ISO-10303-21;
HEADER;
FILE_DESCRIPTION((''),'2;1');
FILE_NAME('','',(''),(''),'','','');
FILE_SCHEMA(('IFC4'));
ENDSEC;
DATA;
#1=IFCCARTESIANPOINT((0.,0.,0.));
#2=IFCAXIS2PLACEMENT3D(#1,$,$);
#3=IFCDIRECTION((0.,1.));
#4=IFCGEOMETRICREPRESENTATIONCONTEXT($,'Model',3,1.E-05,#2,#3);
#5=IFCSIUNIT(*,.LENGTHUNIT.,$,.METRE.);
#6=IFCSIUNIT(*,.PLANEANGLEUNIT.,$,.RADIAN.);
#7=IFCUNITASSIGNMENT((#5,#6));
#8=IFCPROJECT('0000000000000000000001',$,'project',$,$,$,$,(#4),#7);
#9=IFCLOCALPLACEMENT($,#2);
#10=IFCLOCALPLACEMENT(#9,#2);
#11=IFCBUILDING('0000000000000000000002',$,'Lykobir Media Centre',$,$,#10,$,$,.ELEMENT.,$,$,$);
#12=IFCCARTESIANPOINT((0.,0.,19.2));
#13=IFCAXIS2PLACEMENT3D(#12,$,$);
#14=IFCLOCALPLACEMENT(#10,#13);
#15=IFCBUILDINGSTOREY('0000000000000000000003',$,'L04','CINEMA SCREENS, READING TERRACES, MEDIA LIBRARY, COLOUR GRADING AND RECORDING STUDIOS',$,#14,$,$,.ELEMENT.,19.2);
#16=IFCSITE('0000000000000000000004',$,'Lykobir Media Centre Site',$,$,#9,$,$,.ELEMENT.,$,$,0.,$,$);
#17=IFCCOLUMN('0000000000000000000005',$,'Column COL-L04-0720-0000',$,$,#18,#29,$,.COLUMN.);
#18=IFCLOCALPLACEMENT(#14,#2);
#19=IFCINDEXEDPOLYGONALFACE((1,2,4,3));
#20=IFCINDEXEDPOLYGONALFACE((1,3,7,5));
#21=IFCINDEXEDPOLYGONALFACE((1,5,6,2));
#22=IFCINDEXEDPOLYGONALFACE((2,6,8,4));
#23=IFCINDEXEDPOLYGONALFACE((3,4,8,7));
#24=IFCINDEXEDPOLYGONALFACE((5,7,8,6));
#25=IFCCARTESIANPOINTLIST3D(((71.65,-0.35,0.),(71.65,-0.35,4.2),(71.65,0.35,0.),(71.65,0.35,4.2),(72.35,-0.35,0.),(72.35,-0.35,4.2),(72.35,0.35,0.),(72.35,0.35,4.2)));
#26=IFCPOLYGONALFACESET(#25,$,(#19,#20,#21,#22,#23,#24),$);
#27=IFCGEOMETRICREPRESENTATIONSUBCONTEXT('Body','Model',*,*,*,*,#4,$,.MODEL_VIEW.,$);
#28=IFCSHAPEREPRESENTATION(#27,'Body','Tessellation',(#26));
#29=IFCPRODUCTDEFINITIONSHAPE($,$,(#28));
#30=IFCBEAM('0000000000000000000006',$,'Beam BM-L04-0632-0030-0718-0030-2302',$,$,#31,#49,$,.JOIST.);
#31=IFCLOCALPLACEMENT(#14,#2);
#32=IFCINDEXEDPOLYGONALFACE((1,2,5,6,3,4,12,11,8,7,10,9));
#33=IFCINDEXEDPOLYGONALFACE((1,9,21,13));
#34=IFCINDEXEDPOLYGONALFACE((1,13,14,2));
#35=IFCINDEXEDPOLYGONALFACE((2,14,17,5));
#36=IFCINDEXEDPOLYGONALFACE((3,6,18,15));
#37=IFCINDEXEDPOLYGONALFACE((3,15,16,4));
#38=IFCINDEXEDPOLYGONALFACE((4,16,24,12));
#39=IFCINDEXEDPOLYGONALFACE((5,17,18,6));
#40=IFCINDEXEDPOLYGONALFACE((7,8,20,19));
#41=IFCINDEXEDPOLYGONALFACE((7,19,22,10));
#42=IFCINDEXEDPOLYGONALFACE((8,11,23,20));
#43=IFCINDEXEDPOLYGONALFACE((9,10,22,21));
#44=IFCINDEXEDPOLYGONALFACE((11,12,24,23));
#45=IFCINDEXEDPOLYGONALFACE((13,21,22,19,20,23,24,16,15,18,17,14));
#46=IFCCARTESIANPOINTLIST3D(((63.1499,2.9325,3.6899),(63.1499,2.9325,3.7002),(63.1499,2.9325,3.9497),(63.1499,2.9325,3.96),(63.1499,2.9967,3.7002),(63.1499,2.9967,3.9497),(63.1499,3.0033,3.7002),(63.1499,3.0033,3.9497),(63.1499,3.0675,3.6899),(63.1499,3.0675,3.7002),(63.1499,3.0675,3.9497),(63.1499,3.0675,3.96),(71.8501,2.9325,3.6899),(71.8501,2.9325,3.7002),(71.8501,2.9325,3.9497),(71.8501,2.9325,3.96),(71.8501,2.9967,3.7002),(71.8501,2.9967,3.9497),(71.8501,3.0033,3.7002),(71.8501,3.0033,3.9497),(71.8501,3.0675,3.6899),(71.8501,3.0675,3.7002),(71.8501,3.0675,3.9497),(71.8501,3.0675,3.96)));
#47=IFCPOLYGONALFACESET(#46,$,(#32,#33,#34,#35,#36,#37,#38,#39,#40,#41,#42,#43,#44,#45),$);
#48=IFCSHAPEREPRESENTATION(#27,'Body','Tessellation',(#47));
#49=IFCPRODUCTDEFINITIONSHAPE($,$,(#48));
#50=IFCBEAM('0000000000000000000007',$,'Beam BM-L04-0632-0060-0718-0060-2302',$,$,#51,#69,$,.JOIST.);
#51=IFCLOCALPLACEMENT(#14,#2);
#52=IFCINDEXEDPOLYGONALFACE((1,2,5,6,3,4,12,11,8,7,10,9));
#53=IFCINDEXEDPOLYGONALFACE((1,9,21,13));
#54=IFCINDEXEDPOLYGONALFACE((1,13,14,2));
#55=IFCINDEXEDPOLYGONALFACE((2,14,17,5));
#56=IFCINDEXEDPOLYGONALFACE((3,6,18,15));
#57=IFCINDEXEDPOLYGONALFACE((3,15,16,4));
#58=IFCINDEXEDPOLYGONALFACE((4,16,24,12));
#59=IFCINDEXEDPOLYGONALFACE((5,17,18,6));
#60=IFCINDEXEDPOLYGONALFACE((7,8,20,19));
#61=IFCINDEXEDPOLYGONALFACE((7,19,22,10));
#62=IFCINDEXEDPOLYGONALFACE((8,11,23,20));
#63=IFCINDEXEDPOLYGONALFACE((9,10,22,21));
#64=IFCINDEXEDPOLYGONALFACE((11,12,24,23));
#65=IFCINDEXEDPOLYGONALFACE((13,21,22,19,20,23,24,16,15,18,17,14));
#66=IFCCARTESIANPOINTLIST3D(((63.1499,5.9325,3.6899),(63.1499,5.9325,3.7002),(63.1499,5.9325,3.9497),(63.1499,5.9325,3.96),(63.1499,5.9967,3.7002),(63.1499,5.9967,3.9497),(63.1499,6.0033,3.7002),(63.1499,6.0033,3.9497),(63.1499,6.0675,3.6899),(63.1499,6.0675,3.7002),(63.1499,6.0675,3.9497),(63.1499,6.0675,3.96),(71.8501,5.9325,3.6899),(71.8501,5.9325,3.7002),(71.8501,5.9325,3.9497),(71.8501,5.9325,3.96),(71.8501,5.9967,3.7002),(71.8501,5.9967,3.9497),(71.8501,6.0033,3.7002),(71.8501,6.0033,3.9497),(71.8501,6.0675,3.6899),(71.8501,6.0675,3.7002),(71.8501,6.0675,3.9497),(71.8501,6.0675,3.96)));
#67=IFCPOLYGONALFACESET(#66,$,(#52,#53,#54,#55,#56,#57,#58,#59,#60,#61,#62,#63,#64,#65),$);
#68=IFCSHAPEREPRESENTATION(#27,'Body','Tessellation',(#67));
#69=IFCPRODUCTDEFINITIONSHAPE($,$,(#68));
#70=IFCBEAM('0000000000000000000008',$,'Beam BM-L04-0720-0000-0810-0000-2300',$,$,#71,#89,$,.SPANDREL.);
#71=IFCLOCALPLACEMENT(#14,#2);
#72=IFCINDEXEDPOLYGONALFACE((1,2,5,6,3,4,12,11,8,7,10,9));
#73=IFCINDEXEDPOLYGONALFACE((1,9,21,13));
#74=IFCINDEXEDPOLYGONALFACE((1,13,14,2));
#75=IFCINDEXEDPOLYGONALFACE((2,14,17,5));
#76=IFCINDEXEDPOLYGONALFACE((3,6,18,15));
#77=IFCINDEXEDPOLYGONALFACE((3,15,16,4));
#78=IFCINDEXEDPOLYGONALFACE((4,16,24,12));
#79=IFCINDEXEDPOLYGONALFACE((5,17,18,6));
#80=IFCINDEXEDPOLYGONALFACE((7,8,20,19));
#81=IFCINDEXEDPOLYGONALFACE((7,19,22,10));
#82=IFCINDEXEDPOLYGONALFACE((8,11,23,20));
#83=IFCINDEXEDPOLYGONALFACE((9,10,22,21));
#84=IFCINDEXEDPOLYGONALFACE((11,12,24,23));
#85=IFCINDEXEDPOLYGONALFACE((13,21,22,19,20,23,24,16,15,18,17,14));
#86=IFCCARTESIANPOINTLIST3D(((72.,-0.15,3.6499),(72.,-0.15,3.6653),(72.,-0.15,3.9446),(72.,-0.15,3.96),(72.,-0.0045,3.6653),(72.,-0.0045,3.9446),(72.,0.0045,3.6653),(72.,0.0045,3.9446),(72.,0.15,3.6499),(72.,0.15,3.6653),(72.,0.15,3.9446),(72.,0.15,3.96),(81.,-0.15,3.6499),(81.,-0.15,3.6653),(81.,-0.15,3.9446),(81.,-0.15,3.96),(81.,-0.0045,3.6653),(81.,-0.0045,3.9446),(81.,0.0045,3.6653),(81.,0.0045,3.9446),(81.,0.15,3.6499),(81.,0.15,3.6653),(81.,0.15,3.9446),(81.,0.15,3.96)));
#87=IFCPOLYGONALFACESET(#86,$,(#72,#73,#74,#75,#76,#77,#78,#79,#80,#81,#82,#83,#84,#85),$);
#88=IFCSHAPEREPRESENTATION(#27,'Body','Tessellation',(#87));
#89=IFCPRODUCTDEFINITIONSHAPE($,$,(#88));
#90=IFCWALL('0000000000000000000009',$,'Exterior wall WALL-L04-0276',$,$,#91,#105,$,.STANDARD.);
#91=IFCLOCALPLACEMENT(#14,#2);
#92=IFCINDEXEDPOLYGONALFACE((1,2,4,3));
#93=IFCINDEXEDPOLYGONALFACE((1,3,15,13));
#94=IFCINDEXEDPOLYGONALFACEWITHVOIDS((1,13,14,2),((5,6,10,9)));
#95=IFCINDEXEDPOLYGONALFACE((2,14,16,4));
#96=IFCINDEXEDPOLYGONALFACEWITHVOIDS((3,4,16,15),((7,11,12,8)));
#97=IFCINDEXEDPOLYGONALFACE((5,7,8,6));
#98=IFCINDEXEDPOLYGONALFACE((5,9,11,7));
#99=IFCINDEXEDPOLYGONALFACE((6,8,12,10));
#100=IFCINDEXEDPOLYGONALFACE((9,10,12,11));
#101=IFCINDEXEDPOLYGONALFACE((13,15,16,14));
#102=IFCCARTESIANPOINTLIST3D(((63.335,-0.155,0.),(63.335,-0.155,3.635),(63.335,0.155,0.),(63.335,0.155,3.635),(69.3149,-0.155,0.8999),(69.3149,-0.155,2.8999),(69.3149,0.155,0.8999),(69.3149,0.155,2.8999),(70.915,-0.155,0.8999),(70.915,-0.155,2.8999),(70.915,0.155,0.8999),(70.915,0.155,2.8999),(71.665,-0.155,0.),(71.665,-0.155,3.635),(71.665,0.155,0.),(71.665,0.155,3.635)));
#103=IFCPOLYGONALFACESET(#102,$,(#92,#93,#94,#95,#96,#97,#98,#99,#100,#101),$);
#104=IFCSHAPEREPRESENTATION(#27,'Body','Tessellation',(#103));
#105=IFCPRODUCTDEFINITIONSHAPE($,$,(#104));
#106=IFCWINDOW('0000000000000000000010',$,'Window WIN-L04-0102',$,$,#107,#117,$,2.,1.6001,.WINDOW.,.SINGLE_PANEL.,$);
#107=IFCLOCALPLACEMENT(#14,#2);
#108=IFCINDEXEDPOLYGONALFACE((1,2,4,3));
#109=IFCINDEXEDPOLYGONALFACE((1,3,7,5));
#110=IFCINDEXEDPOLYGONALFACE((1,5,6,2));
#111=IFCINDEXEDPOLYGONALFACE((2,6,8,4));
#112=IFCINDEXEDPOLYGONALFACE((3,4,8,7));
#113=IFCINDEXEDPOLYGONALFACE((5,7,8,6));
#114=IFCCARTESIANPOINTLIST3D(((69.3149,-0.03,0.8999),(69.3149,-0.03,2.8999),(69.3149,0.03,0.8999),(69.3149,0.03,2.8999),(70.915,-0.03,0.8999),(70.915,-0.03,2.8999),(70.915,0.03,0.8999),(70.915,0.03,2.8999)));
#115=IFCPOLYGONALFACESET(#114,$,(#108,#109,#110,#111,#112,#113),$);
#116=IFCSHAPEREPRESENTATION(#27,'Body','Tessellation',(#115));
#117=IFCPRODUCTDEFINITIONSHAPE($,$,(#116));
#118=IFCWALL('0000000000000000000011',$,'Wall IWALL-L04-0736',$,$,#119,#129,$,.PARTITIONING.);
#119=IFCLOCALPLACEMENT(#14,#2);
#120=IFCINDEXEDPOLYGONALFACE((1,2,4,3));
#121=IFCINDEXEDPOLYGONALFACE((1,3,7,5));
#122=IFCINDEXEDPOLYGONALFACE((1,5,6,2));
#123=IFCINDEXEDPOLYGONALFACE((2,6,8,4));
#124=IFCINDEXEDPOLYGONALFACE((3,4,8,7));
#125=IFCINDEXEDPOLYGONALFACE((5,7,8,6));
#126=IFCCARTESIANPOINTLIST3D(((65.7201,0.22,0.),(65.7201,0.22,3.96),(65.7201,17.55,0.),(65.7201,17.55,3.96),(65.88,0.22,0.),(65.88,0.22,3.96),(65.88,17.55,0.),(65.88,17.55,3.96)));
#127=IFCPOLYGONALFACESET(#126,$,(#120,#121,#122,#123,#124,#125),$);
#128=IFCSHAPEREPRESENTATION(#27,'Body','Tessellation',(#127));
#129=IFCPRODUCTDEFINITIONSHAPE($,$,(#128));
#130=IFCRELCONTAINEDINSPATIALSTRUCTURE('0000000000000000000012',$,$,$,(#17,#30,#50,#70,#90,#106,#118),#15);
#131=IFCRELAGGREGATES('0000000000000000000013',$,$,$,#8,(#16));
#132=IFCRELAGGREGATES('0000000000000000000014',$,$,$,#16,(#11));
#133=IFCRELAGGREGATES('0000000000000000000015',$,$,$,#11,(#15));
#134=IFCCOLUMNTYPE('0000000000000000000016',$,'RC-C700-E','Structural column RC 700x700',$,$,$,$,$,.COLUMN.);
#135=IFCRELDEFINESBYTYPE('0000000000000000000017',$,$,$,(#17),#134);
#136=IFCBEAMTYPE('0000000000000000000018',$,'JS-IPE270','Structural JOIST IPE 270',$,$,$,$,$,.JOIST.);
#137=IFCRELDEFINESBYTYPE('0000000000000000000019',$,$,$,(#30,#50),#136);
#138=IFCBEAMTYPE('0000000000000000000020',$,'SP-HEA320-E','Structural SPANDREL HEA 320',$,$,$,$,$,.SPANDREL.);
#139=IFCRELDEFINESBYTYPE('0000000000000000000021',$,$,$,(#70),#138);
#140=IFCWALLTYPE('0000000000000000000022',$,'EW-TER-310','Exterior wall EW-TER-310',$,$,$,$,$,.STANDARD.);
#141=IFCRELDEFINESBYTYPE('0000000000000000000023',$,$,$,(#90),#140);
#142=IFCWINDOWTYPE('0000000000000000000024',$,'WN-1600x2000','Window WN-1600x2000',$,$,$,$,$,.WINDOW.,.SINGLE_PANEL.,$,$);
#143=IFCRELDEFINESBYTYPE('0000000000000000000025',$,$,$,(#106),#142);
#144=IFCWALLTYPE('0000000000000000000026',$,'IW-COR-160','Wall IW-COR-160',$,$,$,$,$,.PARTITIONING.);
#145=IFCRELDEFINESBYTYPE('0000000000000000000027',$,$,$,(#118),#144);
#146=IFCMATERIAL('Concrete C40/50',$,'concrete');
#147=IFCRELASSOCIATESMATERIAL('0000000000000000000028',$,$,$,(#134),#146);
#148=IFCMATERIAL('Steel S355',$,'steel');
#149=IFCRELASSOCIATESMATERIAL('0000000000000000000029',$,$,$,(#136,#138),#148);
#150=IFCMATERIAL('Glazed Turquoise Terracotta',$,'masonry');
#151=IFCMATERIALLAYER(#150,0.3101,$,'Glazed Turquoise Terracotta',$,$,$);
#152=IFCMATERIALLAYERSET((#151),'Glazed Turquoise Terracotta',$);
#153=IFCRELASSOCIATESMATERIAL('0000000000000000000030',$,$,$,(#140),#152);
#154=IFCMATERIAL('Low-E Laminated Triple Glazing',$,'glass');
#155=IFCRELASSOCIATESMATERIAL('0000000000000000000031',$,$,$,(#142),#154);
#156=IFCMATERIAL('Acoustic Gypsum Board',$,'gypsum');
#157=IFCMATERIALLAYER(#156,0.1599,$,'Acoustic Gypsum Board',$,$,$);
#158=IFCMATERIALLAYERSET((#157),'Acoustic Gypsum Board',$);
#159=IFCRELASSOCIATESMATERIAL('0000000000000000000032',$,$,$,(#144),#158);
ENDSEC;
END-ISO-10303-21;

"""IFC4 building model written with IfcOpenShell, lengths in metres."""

from ifc_helpers import new_model, si_unit, direction, frame, frame_2d, origin, origin_2d, place, context, subcontext, project, spatial, rectangle, i_section, extrude, material, layer, layer_set, material_profile, profile_set, type_object, element, fill, save


model = new_model("IFC4")

# Units and contexts
model_context = context("Model", 3, precision=1e-05, world=origin(), true_north=direction((0.0, 1.0)))
body_context = subcontext(model_context, "Body", "Model", "MODEL_VIEW")
ifc_project = project(units=[si_unit("LENGTHUNIT", "METRE"), si_unit("PLANEANGLEUNIT", "RADIAN")], contexts=[model_context])

# Site, building, storey
site_placement = place(None, origin())
site = spatial("IfcSite", under=ifc_project, at=site_placement, Name="Lykobir Media Centre Site", CompositionType="ELEMENT", RefElevation=0.0)
building_placement = place(site_placement, origin())
building = spatial("IfcBuilding", under=site, at=building_placement, Name="Lykobir Media Centre", CompositionType="ELEMENT")
storey_placement = place(building_placement, frame((0.0, 0.0, 19.2)))
storey = spatial("IfcBuildingStorey", under=building, at=storey_placement, Name="L04", Description="CINEMA SCREENS, READING TERRACES, MEDIA LIBRARY, COLOUR GRADING AND RECORDING STUDIOS", CompositionType="ELEMENT", Elevation=19.2)

# Column
ifc_material_1 = material(Name="Concrete C40/50", Category="concrete")
ifc_material_profile_1 = material_profile(ifc_material_1, rectangle(XDim=0.7, YDim=0.7, at=origin_2d()), Name="RC 700x700")
ifc_profile_set_1 = profile_set([ifc_material_profile_1], Name="Concrete C40/50")
column_type = type_object("IfcColumnType", Name="RC-C700-E", Description="Structural column RC 700x700", PredefinedType="COLUMN", material=ifc_profile_set_1)
column_placement = place(storey_placement, frame((72.0, 0.0, 0.0), z_axis=(0.0, 0.0, 1.0), x_axis=(1.0, 0.0, 0.0)))
element("IfcColumn", 1, at=column_placement, inside=storey, type_object=column_type, Name="Column COL-L04-0720-0000", PredefinedType="COLUMN", context=body_context, shape_type="SweptSolid", body=[
    extrude(rectangle(XDim=0.7, YDim=0.7, at=origin_2d()), origin(), (0.0, 0.0, 1.0), 4.2),
])

# Beams
ifc_material_2 = material(Name="Steel S355", Category="steel")
ifc_material_profile_2 = material_profile(ifc_material_2, i_section(OverallWidth=0.135, OverallDepth=0.27, WebThickness=0.0066, FlangeThickness=0.0103, at=origin_2d()), Name="IPE 270")
ifc_profile_set_2 = profile_set([ifc_material_profile_2], Name="Steel S355")
beam_type_1 = type_object("IfcBeamType", Name="JS-IPE270", Description="Structural JOIST IPE 270", PredefinedType="JOIST", material=ifc_profile_set_2)
for number, where, z_axis, x_axis, name in (
    (2, (63.1499, 3.0, 3.825), (1.0, 0.0, 0.0), (0.0, 1.0, 0.0), "Beam BM-L04-0632-0030-0718-0030-2302"),
    (3, (63.1499, 6.0, 3.825), (1.0, 0.0, 0.0), (0.0, 1.0, 0.0), "Beam BM-L04-0632-0060-0718-0060-2302"),
):
    element("IfcBeam", number, at=place(storey_placement, frame(where, z_axis=z_axis, x_axis=x_axis)), inside=storey, type_object=beam_type_1, Name=name, PredefinedType="JOIST", context=body_context, shape_type="SweptSolid", body=[
        extrude(i_section(OverallWidth=0.135, OverallDepth=0.27, WebThickness=0.0066, FlangeThickness=0.0103, at=origin_2d()), origin(), (0.0, 0.0, 1.0), 8.7002),
    ])
ifc_material_profile_3 = material_profile(ifc_material_2, i_section(OverallWidth=0.3, OverallDepth=0.3101, WebThickness=0.009, FlangeThickness=0.0154, at=origin_2d()), Name="HEA 320")
ifc_profile_set_3 = profile_set([ifc_material_profile_3], Name="Steel S355")
beam_type_2 = type_object("IfcBeamType", Name="SP-HEA320-E", Description="Structural SPANDREL HEA 320", PredefinedType="SPANDREL", material=ifc_profile_set_3)
beam_placement = place(storey_placement, frame((72.0, 0.0, 3.8049), z_axis=(1.0, 0.0, 0.0), x_axis=(0.0, 1.0, 0.0)))
element("IfcBeam", 4, at=beam_placement, inside=storey, type_object=beam_type_2, Name="Beam BM-L04-0720-0000-0810-0000-2300", PredefinedType="SPANDREL", context=body_context, shape_type="SweptSolid", body=[
    extrude(i_section(OverallWidth=0.3, OverallDepth=0.3101, WebThickness=0.009, FlangeThickness=0.0154, at=origin_2d()), origin(), (0.0, 0.0, 1.0), 9.0),
])

# Wall, opening, window
ifc_material_3 = material(Name="Glazed Turquoise Terracotta", Category="masonry")
ifc_layer_1 = layer(ifc_material_3, 0.3101, Name="Glazed Turquoise Terracotta")
ifc_layer_set_1 = layer_set([ifc_layer_1], Name="Glazed Turquoise Terracotta")
wall_type_1 = type_object("IfcWallType", Name="EW-TER-310", Description="Exterior wall EW-TER-310", PredefinedType="STANDARD", material=ifc_layer_set_1)
wall_1_placement = place(storey_placement, frame((63.335, 0.0, 0.0), z_axis=(0.0, 0.0, 1.0), x_axis=(1.0, 0.0, 0.0)))
wall_1 = element("IfcWall", 5, at=wall_1_placement, inside=storey, type_object=wall_type_1, Name="Exterior wall WALL-L04-0276", PredefinedType="STANDARD", context=body_context, shape_type="SweptSolid", body=[
    extrude(rectangle(XDim=8.3301, YDim=0.3101, at=frame_2d((4.165, 0.0))), origin(), (0.0, 0.0, 1.0), 3.635),
])
opening_1_placement = place(wall_1_placement, frame((5.98, 0.0, 0.8999)))
opening_1 = element("IfcOpeningElement", 6, at=opening_1_placement, cuts=wall_1, PredefinedType="OPENING", context=body_context, shape_type="SweptSolid", body=[
    extrude(rectangle(XDim=1.6001, YDim=2.0, at=frame_2d((0.8, 1.0))), frame((0.0, 0.165, 0.0), z_axis=(0.0, -1.0, 0.0), x_axis=(1.0, 0.0, 0.0)), (0.0, 0.0, 1.0), 0.3301),
])
ifc_material_4 = material(Name="Low-E Laminated Triple Glazing", Category="glass")
window_type = type_object("IfcWindowType", Name="WN-1600x2000", Description="Window WN-1600x2000", PartitioningType="SINGLE_PANEL", PredefinedType="WINDOW", material=ifc_material_4)
window_placement = place(opening_1_placement, origin())
window = element("IfcWindow", 7, at=window_placement, inside=storey, type_object=window_type, Name="Window WIN-L04-0102", OverallHeight=2.0, OverallWidth=1.6001, PartitioningType="SINGLE_PANEL", PredefinedType="WINDOW", context=body_context, shape_type="SweptSolid", body=[
    extrude(rectangle(XDim=1.6001, YDim=2.0, at=frame_2d((0.8, 1.0))), frame((0.0, 0.03, 0.0), z_axis=(0.0, -1.0, 0.0), x_axis=(1.0, 0.0, 0.0)), (0.0, 0.0, 1.0), 0.0601),
])
fill(opening_1, window)

# Wall
ifc_material_5 = material(Name="Acoustic Gypsum Board", Category="gypsum")
ifc_layer_2 = layer(ifc_material_5, 0.1599, Name="Acoustic Gypsum Board")
ifc_layer_set_2 = layer_set([ifc_layer_2], Name="Acoustic Gypsum Board")
wall_type_2 = type_object("IfcWallType", Name="IW-COR-160", Description="Wall IW-COR-160", PredefinedType="PARTITIONING", material=ifc_layer_set_2)
wall_2_placement = place(storey_placement, frame((65.8, 0.22, 0.0), z_axis=(0.0, 0.0, 1.0), x_axis=(0.0, 1.0, 0.0)))
element("IfcWall", 8, at=wall_2_placement, inside=storey, type_object=wall_type_2, Name="Wall IWALL-L04-0736", PredefinedType="PARTITIONING", context=body_context, shape_type="SweptSolid", body=[
    extrude(rectangle(XDim=17.3301, YDim=0.1599, at=frame_2d((8.665, 0.0))), origin(), (0.0, 0.0, 1.0), 3.96),
])

save(model, "model.ifc")
